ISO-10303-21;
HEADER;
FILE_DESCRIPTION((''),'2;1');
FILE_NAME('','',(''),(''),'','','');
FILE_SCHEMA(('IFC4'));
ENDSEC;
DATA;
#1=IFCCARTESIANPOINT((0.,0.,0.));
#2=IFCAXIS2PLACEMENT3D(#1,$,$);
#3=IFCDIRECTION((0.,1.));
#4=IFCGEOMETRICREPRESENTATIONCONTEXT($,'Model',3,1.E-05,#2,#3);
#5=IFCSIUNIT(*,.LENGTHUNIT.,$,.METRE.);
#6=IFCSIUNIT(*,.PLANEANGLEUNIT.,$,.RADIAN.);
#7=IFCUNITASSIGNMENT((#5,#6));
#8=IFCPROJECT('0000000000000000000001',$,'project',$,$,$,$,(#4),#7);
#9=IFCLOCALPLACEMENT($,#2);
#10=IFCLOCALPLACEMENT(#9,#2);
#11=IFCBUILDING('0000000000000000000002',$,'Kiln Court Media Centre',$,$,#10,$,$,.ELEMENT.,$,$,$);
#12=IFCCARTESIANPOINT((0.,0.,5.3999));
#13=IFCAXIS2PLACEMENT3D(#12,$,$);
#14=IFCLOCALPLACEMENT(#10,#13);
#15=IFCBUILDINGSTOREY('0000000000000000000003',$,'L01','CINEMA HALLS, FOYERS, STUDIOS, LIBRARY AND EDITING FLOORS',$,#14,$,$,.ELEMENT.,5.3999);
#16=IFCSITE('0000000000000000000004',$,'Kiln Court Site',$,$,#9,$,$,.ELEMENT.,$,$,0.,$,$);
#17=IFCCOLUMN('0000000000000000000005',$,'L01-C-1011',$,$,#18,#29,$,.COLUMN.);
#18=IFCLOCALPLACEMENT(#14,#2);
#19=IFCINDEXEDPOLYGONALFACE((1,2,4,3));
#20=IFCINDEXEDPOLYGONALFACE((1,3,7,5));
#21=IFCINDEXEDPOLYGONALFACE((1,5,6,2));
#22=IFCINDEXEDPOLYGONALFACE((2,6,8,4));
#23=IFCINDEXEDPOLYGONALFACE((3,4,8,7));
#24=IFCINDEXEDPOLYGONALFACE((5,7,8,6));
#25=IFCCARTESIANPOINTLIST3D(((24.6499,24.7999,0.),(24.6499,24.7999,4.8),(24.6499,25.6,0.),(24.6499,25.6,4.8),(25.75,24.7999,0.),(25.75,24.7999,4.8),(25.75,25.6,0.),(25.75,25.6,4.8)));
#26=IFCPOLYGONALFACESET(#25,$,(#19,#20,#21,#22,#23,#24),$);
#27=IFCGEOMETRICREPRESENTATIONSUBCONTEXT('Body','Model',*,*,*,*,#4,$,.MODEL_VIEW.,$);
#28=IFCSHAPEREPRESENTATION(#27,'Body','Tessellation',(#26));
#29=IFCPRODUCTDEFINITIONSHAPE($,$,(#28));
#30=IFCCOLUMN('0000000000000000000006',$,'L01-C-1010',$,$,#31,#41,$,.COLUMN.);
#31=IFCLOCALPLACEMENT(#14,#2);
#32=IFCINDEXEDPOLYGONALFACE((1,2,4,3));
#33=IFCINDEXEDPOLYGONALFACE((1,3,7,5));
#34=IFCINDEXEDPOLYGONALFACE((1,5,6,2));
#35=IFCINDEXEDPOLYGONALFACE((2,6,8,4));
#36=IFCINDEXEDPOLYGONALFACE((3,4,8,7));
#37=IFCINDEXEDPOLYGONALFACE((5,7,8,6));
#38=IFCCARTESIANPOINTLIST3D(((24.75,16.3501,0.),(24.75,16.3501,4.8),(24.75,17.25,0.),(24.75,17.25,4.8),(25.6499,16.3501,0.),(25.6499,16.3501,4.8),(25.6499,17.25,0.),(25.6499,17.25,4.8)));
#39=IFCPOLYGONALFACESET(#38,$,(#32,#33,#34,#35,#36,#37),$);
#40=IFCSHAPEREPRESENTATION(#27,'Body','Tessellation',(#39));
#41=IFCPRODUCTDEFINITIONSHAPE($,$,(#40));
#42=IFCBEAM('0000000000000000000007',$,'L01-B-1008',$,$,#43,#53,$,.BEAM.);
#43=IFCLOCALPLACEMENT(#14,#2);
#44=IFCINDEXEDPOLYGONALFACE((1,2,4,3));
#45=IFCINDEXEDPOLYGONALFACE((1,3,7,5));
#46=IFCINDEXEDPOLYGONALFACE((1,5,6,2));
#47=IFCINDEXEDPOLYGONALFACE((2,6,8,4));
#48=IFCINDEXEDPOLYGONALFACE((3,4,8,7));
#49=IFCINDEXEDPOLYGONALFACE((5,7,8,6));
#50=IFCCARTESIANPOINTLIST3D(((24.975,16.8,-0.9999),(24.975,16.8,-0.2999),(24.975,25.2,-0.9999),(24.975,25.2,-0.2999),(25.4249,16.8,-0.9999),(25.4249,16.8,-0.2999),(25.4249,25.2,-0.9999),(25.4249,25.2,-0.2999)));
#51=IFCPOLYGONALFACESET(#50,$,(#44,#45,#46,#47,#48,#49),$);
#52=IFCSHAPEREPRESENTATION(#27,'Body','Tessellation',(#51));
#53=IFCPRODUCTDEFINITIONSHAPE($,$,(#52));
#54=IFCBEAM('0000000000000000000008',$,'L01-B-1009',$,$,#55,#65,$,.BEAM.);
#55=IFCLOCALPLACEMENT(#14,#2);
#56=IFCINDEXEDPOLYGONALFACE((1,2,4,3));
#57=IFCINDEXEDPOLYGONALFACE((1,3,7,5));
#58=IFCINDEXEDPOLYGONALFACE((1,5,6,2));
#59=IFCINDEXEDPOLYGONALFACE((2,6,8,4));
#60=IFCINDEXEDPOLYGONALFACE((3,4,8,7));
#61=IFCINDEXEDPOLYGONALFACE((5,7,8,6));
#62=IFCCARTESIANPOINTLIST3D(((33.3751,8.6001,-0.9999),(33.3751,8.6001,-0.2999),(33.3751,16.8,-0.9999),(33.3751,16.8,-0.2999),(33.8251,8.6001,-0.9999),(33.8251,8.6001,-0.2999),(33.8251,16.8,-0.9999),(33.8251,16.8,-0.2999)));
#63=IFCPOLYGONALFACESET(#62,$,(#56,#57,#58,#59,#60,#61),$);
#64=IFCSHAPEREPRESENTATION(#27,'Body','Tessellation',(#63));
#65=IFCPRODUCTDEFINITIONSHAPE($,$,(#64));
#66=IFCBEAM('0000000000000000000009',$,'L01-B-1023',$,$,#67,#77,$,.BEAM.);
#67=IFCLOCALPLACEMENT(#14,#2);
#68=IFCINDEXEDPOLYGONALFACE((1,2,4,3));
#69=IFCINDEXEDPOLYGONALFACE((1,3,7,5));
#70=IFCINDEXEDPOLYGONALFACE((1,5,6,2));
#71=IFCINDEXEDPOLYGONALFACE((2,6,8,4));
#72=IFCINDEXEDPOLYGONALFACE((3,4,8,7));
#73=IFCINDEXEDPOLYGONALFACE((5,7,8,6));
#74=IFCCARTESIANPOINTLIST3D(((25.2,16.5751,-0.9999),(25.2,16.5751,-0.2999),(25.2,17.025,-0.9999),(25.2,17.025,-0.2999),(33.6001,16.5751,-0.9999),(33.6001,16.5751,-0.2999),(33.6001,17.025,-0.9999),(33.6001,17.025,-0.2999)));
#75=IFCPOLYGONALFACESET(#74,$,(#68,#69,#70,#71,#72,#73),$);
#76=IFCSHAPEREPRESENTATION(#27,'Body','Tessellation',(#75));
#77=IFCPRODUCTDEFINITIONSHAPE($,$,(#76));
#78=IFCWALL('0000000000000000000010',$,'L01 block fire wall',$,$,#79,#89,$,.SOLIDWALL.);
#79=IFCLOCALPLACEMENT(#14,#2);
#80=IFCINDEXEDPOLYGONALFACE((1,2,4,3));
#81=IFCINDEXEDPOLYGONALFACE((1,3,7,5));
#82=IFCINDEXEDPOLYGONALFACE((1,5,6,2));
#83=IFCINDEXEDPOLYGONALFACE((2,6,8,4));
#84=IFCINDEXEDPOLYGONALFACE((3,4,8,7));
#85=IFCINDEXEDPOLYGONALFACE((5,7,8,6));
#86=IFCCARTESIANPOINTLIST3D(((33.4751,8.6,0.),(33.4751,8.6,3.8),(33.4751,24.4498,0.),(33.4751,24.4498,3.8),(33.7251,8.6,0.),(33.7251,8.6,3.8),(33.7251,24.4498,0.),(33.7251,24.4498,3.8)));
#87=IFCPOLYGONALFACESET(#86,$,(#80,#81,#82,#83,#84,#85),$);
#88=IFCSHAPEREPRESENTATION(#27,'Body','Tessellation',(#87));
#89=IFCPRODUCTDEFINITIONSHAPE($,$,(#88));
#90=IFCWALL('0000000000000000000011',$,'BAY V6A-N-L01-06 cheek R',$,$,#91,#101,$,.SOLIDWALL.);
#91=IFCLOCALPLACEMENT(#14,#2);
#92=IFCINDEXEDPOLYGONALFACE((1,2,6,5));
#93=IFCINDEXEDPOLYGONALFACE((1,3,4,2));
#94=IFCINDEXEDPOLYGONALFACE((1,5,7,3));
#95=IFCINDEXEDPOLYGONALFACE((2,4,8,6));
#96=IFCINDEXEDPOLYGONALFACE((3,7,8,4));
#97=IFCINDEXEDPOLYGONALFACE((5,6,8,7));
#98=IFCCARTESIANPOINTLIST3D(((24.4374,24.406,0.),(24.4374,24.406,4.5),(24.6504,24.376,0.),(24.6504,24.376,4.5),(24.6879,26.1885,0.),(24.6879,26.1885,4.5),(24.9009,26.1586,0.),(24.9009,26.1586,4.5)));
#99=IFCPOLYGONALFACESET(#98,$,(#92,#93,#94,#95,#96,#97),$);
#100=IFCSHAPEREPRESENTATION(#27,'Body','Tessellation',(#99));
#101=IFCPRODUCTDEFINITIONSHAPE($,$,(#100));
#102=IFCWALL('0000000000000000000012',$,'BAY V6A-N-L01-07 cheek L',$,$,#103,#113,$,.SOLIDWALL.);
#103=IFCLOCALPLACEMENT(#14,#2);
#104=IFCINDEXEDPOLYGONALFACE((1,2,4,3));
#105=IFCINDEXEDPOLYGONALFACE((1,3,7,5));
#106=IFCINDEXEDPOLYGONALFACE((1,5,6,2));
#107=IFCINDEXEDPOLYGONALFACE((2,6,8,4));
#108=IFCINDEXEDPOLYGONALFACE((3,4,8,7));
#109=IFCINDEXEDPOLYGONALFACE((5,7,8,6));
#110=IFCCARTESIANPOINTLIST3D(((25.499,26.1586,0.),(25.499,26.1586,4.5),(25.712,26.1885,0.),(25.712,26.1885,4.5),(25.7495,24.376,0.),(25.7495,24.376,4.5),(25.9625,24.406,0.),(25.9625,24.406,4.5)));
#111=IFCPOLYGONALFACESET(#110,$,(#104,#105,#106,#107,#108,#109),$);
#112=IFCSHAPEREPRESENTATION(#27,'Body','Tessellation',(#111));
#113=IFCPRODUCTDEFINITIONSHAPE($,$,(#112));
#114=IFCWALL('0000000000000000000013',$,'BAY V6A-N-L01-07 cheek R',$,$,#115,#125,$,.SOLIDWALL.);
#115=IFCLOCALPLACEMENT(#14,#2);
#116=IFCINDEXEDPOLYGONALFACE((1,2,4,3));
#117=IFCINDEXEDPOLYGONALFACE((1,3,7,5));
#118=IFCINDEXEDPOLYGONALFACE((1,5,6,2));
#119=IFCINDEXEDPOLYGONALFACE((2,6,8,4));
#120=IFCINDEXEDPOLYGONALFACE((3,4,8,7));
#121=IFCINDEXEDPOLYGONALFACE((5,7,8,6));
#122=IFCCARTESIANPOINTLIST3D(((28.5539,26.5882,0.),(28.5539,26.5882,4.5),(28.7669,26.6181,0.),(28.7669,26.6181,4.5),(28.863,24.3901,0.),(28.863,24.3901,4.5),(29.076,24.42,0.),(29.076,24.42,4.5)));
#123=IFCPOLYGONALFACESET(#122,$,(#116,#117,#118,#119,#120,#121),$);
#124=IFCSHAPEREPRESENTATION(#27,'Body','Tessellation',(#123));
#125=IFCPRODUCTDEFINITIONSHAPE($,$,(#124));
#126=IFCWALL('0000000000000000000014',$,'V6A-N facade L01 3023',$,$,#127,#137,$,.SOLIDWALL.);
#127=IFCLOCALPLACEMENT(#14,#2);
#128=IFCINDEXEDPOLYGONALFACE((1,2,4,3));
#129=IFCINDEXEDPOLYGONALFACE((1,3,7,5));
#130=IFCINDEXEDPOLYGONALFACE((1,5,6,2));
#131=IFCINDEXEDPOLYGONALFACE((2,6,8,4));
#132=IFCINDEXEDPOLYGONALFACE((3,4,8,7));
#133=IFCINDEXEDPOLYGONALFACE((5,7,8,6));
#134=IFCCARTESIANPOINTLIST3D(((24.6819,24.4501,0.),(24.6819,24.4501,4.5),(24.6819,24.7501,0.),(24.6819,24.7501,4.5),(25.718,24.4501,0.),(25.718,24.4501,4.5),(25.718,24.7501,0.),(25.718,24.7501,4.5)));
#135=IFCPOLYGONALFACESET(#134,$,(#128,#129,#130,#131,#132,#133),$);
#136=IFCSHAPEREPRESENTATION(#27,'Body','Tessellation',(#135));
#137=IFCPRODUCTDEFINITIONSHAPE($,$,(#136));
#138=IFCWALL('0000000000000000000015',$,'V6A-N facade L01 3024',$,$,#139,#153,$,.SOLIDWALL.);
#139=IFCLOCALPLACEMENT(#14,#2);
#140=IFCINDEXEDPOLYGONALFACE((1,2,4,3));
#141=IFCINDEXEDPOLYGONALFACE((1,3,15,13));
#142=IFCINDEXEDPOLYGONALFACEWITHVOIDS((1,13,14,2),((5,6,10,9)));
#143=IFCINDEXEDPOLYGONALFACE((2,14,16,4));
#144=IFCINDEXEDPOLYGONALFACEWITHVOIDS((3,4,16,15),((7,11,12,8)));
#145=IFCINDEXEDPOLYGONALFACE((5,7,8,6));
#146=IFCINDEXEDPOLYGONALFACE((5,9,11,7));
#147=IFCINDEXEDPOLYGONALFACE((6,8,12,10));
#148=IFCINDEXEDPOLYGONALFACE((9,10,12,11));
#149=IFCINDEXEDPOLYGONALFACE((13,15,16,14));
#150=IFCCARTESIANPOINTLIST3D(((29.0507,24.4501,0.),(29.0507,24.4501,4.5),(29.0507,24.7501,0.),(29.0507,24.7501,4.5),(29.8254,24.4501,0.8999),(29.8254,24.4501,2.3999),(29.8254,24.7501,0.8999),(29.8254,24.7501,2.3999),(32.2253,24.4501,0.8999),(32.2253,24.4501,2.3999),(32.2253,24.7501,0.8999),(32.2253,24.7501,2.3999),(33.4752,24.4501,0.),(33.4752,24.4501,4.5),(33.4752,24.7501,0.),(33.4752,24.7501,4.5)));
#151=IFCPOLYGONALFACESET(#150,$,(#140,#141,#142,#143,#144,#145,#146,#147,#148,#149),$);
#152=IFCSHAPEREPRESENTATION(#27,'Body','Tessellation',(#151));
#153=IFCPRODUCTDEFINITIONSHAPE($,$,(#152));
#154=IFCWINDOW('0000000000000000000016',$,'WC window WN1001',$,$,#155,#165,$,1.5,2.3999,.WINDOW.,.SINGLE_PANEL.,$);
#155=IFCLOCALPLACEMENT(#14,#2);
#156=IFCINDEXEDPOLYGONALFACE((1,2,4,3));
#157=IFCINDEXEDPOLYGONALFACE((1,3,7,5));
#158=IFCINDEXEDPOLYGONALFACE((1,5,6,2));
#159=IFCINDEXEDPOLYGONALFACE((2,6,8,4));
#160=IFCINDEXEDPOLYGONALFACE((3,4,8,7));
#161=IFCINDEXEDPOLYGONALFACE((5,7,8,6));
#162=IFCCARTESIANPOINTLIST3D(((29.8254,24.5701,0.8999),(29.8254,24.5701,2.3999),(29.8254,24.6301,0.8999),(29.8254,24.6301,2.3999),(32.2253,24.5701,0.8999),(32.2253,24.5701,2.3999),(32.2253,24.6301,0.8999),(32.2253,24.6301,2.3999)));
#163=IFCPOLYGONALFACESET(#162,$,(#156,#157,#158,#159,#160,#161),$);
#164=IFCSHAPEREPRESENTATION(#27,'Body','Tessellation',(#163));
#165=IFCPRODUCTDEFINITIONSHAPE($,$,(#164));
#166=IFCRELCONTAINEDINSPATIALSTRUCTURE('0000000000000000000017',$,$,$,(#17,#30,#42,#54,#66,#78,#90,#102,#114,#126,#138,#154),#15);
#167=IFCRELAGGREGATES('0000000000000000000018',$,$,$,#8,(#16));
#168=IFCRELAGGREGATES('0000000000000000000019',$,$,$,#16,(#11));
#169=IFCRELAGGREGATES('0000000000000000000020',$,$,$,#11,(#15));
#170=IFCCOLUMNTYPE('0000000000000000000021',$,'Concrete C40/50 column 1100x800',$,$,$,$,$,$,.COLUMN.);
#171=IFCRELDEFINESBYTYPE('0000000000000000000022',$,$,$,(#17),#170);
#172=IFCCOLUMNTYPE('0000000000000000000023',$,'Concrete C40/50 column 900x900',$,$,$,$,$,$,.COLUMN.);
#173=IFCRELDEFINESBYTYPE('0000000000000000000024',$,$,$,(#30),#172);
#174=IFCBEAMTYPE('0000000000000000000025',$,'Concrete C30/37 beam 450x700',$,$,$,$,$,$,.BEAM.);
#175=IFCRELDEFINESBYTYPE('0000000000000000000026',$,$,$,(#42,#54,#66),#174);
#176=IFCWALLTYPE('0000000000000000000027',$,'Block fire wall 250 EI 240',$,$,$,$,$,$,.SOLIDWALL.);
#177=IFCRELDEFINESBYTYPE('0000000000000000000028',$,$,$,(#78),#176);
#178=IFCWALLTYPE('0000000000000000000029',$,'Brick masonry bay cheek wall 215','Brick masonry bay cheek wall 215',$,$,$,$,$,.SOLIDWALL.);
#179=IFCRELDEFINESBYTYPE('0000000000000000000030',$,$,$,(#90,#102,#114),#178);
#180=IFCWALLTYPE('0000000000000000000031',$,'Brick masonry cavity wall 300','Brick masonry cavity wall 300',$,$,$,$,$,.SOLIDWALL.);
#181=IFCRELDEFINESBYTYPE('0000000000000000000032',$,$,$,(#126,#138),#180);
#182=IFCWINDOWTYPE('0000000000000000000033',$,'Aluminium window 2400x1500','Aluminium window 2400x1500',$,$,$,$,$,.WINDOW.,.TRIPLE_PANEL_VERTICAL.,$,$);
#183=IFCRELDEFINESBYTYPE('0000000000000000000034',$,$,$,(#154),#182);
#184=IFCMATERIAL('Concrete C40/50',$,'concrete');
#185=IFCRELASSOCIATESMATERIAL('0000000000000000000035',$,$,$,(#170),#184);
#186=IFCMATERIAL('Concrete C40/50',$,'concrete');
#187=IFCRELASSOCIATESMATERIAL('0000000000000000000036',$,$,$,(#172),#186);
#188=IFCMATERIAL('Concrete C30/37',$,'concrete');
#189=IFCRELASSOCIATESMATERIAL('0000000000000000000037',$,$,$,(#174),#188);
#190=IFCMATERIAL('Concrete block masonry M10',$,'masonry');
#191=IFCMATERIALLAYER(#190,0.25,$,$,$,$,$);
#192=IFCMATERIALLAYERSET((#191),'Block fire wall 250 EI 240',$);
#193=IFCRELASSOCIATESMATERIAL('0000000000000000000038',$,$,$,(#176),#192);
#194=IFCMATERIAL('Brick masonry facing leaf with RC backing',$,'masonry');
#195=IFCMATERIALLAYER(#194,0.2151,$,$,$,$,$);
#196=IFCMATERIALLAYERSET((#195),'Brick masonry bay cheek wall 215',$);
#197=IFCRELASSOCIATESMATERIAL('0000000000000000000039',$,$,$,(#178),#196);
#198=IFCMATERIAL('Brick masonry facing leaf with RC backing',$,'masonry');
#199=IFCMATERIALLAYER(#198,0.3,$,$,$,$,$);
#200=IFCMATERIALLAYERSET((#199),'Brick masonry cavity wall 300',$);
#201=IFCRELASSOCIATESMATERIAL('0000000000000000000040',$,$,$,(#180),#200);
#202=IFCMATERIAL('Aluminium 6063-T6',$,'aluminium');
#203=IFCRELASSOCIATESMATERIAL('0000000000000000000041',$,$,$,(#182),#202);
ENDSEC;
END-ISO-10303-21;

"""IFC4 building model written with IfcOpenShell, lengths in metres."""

from ifc_helpers import new_model, si_unit, direction, frame, frame_2d, origin, origin_2d, place, context, subcontext, project, spatial, rectangle, extrude, material, layer, layer_set, material_profile, profile_set, type_object, element, fill, save


model = new_model("IFC4")

# Units and contexts
model_context = context("Model", 3, precision=1e-05, world=origin(), true_north=direction((0.0, 1.0)))
body_context = subcontext(model_context, "Body", "Model", "MODEL_VIEW")
ifc_project = project(units=[si_unit("LENGTHUNIT", "METRE"), si_unit("PLANEANGLEUNIT", "RADIAN")], contexts=[model_context])

# Site, building, storey
site_placement = place(None, origin())
site = spatial("IfcSite", under=ifc_project, at=site_placement, Name="Kiln Court Site", CompositionType="ELEMENT", RefElevation=0.0)
building_placement = place(site_placement, origin())
building = spatial("IfcBuilding", under=site, at=building_placement, Name="Kiln Court Media Centre", CompositionType="ELEMENT")
storey_placement = place(building_placement, frame((0.0, 0.0, 5.3999)))
storey = spatial("IfcBuildingStorey", under=building, at=storey_placement, Name="L01", Description="CINEMA HALLS, FOYERS, STUDIOS, LIBRARY AND EDITING FLOORS", CompositionType="ELEMENT", Elevation=5.3999)

# Columns
ifc_material_1 = material(Name="Concrete C40/50", Category="concrete")
ifc_material_profile_1 = material_profile(ifc_material_1, rectangle(XDim=1.1001, YDim=0.8, at=origin_2d()), Name="RC 1100x800")
ifc_profile_set_1 = profile_set([ifc_material_profile_1], Name="Concrete C40/50")
column_type_1 = type_object("IfcColumnType", Name="Concrete C40/50 column 1100x800", PredefinedType="COLUMN", material=ifc_profile_set_1)
column_1_placement = place(storey_placement, frame((25.2, 25.2, 0.0), z_axis=(0.0, 0.0, 1.0), x_axis=(1.0, 0.0, 0.0)))
element("IfcColumn", 1, at=column_1_placement, inside=storey, type_object=column_type_1, Name="L01-C-1011", PredefinedType="COLUMN", context=body_context, shape_type="SweptSolid", body=[
    extrude(rectangle(XDim=1.1001, YDim=0.8, at=origin_2d()), origin(), (0.0, 0.0, 1.0), 4.8),
])
ifc_material_2 = material(Name="Concrete C40/50", Category="concrete")
ifc_material_profile_2 = material_profile(ifc_material_2, rectangle(XDim=0.8999, YDim=0.8999, at=origin_2d()), Name="RC 900x900")
ifc_profile_set_2 = profile_set([ifc_material_profile_2], Name="Concrete C40/50")
column_type_2 = type_object("IfcColumnType", Name="Concrete C40/50 column 900x900", PredefinedType="COLUMN", material=ifc_profile_set_2)
column_2_placement = place(storey_placement, frame((25.2, 16.8, 0.0), z_axis=(0.0, 0.0, 1.0), x_axis=(1.0, 0.0, 0.0)))
element("IfcColumn", 2, at=column_2_placement, inside=storey, type_object=column_type_2, Name="L01-C-1010", PredefinedType="COLUMN", context=body_context, shape_type="SweptSolid", body=[
    extrude(rectangle(XDim=0.8999, YDim=0.8999, at=origin_2d()), origin(), (0.0, 0.0, 1.0), 4.8),
])

# Beams
ifc_material_3 = material(Name="Concrete C30/37", Category="concrete")
ifc_material_profile_3 = material_profile(ifc_material_3, rectangle(XDim=0.45, YDim=0.7, at=origin_2d()), Name="RC 450x700")
ifc_profile_set_3 = profile_set([ifc_material_profile_3], Name="Concrete C30/37")
beam_type = type_object("IfcBeamType", Name="Concrete C30/37 beam 450x700", PredefinedType="BEAM", material=ifc_profile_set_3)
beam_1_placement = place(storey_placement, frame((25.2, 16.8, -0.6499), z_axis=(0.0, 1.0, 0.0), x_axis=(-1.0, 0.0, 0.0)))
element("IfcBeam", 3, at=beam_1_placement, inside=storey, type_object=beam_type, Name="L01-B-1008", PredefinedType="BEAM", context=body_context, shape_type="SweptSolid", body=[
    extrude(rectangle(XDim=0.45, YDim=0.7, at=origin_2d()), origin(), (0.0, 0.0, 1.0), 8.3999),
])
beam_2_placement = place(storey_placement, frame((33.6001, 8.6001, -0.6499), z_axis=(0.0, 1.0, 0.0), x_axis=(-1.0, 0.0, 0.0)))
element("IfcBeam", 4, at=beam_2_placement, inside=storey, type_object=beam_type, Name="L01-B-1009", PredefinedType="BEAM", context=body_context, shape_type="SweptSolid", body=[
    extrude(rectangle(XDim=0.45, YDim=0.7, at=origin_2d()), origin(), (0.0, 0.0, 1.0), 8.2),
])
beam_3_placement = place(storey_placement, frame((25.2, 16.8, -0.6499), z_axis=(1.0, 0.0, 0.0), x_axis=(0.0, 1.0, 0.0)))
element("IfcBeam", 5, at=beam_3_placement, inside=storey, type_object=beam_type, Name="L01-B-1023", PredefinedType="BEAM", context=body_context, shape_type="SweptSolid", body=[
    extrude(rectangle(XDim=0.45, YDim=0.7, at=origin_2d()), origin(), (0.0, 0.0, 1.0), 8.4001),
])

# Walls
ifc_material_4 = material(Name="Concrete block masonry M10", Category="masonry")
ifc_layer_1 = layer(ifc_material_4, 0.25)
ifc_layer_set_1 = layer_set([ifc_layer_1], Name="Block fire wall 250 EI 240")
wall_type_1 = type_object("IfcWallType", Name="Block fire wall 250 EI 240", PredefinedType="SOLIDWALL", material=ifc_layer_set_1)
wall_1_placement = place(storey_placement, frame((33.6001, 8.6001, 0.0), z_axis=(0.0, 0.0, 1.0), x_axis=(0.0, 1.0, 0.0)))
element("IfcWall", 6, at=wall_1_placement, inside=storey, type_object=wall_type_1, Name="L01 block fire wall", PredefinedType="SOLIDWALL", context=body_context, shape_type="SweptSolid", body=[
    extrude(rectangle(XDim=15.8499, YDim=0.25, at=frame_2d((7.9248, 0.0))), origin(), (0.0, 0.0, 1.0), 3.8),
])
ifc_material_5 = material(Name="Brick masonry facing leaf with RC backing", Category="masonry")
ifc_layer_2 = layer(ifc_material_5, 0.2151)
ifc_layer_set_2 = layer_set([ifc_layer_2], Name="Brick masonry bay cheek wall 215")
wall_type_2 = type_object("IfcWallType", Name="Brick masonry bay cheek wall 215", Description="Brick masonry bay cheek wall 215", PredefinedType="SOLIDWALL", material=ifc_layer_set_2)
for number, where, z_axis, x_axis, name in (
    (7, (24.5439, 24.3911, 0.0), (0.0, 0.0, 1.0), (0.139161, 0.99027, 0.0), "BAY V6A-N-L01-06 cheek R"),
    (8, (25.856, 24.3911, 0.0), (0.0, 0.0, 1.0), (-0.139161, 0.99027, 0.0), "BAY V6A-N-L01-07 cheek L"),
):
    element("IfcWall", number, at=place(storey_placement, frame(where, z_axis=z_axis, x_axis=x_axis)), inside=storey, type_object=wall_type_2, Name=name, PredefinedType="SOLIDWALL", context=body_context, shape_type="SweptSolid", body=[
        extrude(rectangle(XDim=1.8, YDim=0.2151, at=frame_2d((0.8999, 0.0))), origin(), (0.0, 0.0, 1.0), 4.5),
    ])
wall_2_placement = place(storey_placement, frame((28.9695, 24.405, 0.0), z_axis=(0.0, 0.0, 1.0), x_axis=(-0.13925, 0.990257, 0.0)))
element("IfcWall", 9, at=wall_2_placement, inside=storey, type_object=wall_type_2, Name="BAY V6A-N-L01-07 cheek R", PredefinedType="SOLIDWALL", context=body_context, shape_type="SweptSolid", body=[
    extrude(rectangle(XDim=2.2197, YDim=0.2151, at=frame_2d((1.1099, 0.0))), origin(), (0.0, 0.0, 1.0), 4.5),
])
ifc_material_6 = material(Name="Brick masonry facing leaf with RC backing", Category="masonry")
ifc_layer_3 = layer(ifc_material_6, 0.3)
ifc_layer_set_3 = layer_set([ifc_layer_3], Name="Brick masonry cavity wall 300")
wall_type_3 = type_object("IfcWallType", Name="Brick masonry cavity wall 300", Description="Brick masonry cavity wall 300", PredefinedType="SOLIDWALL", material=ifc_layer_set_3)
wall_3_placement = place(storey_placement, frame((24.6819, 24.6001, 0.0), z_axis=(0.0, 0.0, 1.0), x_axis=(1.0, 0.0, 0.0)))
element("IfcWall", 10, at=wall_3_placement, inside=storey, type_object=wall_type_3, Name="V6A-N facade L01 3023", PredefinedType="SOLIDWALL", context=body_context, shape_type="SweptSolid", body=[
    extrude(rectangle(XDim=1.0361, YDim=0.3, at=frame_2d((0.5181, 0.0))), origin(), (0.0, 0.0, 1.0), 4.5),
])

# Wall, opening, window
wall_4_placement = place(storey_placement, frame((29.0505, 24.6001, 0.0), z_axis=(0.0, 0.0, 1.0), x_axis=(1.0, 0.0, 0.0)))
wall_4 = element("IfcWall", 11, at=wall_4_placement, inside=storey, type_object=wall_type_3, Name="V6A-N facade L01 3024", PredefinedType="SOLIDWALL", context=body_context, shape_type="SweptSolid", body=[
    extrude(rectangle(XDim=4.4246, YDim=0.3, at=frame_2d((2.2124, 0.0))), origin(), (0.0, 0.0, 1.0), 4.5),
])
opening_1_placement = place(wall_4_placement, frame((0.7749, 0.0, 0.8999)))
opening_1 = element("IfcOpeningElement", 12, at=opening_1_placement, cuts=wall_4, PredefinedType="OPENING", context=body_context, shape_type="SweptSolid", body=[
    extrude(rectangle(XDim=2.3999, YDim=1.5, at=frame_2d((1.2, 0.75))), frame((0.0, 0.1599, 0.0), z_axis=(0.0, -1.0, 0.0), x_axis=(1.0, 0.0, 0.0)), (0.0, 0.0, 1.0), 0.3201),
])
ifc_material_7 = material(Name="Aluminium 6063-T6", Category="aluminium")
window_type = type_object("IfcWindowType", Name="Aluminium window 2400x1500", Description="Aluminium window 2400x1500", PartitioningType="TRIPLE_PANEL_VERTICAL", PredefinedType="WINDOW", material=ifc_material_7)
window_placement = place(opening_1_placement, origin())
window = element("IfcWindow", 13, at=window_placement, inside=storey, type_object=window_type, Name="WC window WN1001", OverallHeight=1.5, OverallWidth=2.3999, PartitioningType="SINGLE_PANEL", PredefinedType="WINDOW", context=body_context, shape_type="SweptSolid", body=[
    extrude(rectangle(XDim=2.3999, YDim=1.5, at=frame_2d((1.2, 0.75))), frame((0.0, 0.03, 0.0), z_axis=(0.0, -1.0, 0.0), x_axis=(1.0, 0.0, 0.0)), (0.0, 0.0, 1.0), 0.0601),
])
fill(opening_1, window)

save(model, "model.ifc")
